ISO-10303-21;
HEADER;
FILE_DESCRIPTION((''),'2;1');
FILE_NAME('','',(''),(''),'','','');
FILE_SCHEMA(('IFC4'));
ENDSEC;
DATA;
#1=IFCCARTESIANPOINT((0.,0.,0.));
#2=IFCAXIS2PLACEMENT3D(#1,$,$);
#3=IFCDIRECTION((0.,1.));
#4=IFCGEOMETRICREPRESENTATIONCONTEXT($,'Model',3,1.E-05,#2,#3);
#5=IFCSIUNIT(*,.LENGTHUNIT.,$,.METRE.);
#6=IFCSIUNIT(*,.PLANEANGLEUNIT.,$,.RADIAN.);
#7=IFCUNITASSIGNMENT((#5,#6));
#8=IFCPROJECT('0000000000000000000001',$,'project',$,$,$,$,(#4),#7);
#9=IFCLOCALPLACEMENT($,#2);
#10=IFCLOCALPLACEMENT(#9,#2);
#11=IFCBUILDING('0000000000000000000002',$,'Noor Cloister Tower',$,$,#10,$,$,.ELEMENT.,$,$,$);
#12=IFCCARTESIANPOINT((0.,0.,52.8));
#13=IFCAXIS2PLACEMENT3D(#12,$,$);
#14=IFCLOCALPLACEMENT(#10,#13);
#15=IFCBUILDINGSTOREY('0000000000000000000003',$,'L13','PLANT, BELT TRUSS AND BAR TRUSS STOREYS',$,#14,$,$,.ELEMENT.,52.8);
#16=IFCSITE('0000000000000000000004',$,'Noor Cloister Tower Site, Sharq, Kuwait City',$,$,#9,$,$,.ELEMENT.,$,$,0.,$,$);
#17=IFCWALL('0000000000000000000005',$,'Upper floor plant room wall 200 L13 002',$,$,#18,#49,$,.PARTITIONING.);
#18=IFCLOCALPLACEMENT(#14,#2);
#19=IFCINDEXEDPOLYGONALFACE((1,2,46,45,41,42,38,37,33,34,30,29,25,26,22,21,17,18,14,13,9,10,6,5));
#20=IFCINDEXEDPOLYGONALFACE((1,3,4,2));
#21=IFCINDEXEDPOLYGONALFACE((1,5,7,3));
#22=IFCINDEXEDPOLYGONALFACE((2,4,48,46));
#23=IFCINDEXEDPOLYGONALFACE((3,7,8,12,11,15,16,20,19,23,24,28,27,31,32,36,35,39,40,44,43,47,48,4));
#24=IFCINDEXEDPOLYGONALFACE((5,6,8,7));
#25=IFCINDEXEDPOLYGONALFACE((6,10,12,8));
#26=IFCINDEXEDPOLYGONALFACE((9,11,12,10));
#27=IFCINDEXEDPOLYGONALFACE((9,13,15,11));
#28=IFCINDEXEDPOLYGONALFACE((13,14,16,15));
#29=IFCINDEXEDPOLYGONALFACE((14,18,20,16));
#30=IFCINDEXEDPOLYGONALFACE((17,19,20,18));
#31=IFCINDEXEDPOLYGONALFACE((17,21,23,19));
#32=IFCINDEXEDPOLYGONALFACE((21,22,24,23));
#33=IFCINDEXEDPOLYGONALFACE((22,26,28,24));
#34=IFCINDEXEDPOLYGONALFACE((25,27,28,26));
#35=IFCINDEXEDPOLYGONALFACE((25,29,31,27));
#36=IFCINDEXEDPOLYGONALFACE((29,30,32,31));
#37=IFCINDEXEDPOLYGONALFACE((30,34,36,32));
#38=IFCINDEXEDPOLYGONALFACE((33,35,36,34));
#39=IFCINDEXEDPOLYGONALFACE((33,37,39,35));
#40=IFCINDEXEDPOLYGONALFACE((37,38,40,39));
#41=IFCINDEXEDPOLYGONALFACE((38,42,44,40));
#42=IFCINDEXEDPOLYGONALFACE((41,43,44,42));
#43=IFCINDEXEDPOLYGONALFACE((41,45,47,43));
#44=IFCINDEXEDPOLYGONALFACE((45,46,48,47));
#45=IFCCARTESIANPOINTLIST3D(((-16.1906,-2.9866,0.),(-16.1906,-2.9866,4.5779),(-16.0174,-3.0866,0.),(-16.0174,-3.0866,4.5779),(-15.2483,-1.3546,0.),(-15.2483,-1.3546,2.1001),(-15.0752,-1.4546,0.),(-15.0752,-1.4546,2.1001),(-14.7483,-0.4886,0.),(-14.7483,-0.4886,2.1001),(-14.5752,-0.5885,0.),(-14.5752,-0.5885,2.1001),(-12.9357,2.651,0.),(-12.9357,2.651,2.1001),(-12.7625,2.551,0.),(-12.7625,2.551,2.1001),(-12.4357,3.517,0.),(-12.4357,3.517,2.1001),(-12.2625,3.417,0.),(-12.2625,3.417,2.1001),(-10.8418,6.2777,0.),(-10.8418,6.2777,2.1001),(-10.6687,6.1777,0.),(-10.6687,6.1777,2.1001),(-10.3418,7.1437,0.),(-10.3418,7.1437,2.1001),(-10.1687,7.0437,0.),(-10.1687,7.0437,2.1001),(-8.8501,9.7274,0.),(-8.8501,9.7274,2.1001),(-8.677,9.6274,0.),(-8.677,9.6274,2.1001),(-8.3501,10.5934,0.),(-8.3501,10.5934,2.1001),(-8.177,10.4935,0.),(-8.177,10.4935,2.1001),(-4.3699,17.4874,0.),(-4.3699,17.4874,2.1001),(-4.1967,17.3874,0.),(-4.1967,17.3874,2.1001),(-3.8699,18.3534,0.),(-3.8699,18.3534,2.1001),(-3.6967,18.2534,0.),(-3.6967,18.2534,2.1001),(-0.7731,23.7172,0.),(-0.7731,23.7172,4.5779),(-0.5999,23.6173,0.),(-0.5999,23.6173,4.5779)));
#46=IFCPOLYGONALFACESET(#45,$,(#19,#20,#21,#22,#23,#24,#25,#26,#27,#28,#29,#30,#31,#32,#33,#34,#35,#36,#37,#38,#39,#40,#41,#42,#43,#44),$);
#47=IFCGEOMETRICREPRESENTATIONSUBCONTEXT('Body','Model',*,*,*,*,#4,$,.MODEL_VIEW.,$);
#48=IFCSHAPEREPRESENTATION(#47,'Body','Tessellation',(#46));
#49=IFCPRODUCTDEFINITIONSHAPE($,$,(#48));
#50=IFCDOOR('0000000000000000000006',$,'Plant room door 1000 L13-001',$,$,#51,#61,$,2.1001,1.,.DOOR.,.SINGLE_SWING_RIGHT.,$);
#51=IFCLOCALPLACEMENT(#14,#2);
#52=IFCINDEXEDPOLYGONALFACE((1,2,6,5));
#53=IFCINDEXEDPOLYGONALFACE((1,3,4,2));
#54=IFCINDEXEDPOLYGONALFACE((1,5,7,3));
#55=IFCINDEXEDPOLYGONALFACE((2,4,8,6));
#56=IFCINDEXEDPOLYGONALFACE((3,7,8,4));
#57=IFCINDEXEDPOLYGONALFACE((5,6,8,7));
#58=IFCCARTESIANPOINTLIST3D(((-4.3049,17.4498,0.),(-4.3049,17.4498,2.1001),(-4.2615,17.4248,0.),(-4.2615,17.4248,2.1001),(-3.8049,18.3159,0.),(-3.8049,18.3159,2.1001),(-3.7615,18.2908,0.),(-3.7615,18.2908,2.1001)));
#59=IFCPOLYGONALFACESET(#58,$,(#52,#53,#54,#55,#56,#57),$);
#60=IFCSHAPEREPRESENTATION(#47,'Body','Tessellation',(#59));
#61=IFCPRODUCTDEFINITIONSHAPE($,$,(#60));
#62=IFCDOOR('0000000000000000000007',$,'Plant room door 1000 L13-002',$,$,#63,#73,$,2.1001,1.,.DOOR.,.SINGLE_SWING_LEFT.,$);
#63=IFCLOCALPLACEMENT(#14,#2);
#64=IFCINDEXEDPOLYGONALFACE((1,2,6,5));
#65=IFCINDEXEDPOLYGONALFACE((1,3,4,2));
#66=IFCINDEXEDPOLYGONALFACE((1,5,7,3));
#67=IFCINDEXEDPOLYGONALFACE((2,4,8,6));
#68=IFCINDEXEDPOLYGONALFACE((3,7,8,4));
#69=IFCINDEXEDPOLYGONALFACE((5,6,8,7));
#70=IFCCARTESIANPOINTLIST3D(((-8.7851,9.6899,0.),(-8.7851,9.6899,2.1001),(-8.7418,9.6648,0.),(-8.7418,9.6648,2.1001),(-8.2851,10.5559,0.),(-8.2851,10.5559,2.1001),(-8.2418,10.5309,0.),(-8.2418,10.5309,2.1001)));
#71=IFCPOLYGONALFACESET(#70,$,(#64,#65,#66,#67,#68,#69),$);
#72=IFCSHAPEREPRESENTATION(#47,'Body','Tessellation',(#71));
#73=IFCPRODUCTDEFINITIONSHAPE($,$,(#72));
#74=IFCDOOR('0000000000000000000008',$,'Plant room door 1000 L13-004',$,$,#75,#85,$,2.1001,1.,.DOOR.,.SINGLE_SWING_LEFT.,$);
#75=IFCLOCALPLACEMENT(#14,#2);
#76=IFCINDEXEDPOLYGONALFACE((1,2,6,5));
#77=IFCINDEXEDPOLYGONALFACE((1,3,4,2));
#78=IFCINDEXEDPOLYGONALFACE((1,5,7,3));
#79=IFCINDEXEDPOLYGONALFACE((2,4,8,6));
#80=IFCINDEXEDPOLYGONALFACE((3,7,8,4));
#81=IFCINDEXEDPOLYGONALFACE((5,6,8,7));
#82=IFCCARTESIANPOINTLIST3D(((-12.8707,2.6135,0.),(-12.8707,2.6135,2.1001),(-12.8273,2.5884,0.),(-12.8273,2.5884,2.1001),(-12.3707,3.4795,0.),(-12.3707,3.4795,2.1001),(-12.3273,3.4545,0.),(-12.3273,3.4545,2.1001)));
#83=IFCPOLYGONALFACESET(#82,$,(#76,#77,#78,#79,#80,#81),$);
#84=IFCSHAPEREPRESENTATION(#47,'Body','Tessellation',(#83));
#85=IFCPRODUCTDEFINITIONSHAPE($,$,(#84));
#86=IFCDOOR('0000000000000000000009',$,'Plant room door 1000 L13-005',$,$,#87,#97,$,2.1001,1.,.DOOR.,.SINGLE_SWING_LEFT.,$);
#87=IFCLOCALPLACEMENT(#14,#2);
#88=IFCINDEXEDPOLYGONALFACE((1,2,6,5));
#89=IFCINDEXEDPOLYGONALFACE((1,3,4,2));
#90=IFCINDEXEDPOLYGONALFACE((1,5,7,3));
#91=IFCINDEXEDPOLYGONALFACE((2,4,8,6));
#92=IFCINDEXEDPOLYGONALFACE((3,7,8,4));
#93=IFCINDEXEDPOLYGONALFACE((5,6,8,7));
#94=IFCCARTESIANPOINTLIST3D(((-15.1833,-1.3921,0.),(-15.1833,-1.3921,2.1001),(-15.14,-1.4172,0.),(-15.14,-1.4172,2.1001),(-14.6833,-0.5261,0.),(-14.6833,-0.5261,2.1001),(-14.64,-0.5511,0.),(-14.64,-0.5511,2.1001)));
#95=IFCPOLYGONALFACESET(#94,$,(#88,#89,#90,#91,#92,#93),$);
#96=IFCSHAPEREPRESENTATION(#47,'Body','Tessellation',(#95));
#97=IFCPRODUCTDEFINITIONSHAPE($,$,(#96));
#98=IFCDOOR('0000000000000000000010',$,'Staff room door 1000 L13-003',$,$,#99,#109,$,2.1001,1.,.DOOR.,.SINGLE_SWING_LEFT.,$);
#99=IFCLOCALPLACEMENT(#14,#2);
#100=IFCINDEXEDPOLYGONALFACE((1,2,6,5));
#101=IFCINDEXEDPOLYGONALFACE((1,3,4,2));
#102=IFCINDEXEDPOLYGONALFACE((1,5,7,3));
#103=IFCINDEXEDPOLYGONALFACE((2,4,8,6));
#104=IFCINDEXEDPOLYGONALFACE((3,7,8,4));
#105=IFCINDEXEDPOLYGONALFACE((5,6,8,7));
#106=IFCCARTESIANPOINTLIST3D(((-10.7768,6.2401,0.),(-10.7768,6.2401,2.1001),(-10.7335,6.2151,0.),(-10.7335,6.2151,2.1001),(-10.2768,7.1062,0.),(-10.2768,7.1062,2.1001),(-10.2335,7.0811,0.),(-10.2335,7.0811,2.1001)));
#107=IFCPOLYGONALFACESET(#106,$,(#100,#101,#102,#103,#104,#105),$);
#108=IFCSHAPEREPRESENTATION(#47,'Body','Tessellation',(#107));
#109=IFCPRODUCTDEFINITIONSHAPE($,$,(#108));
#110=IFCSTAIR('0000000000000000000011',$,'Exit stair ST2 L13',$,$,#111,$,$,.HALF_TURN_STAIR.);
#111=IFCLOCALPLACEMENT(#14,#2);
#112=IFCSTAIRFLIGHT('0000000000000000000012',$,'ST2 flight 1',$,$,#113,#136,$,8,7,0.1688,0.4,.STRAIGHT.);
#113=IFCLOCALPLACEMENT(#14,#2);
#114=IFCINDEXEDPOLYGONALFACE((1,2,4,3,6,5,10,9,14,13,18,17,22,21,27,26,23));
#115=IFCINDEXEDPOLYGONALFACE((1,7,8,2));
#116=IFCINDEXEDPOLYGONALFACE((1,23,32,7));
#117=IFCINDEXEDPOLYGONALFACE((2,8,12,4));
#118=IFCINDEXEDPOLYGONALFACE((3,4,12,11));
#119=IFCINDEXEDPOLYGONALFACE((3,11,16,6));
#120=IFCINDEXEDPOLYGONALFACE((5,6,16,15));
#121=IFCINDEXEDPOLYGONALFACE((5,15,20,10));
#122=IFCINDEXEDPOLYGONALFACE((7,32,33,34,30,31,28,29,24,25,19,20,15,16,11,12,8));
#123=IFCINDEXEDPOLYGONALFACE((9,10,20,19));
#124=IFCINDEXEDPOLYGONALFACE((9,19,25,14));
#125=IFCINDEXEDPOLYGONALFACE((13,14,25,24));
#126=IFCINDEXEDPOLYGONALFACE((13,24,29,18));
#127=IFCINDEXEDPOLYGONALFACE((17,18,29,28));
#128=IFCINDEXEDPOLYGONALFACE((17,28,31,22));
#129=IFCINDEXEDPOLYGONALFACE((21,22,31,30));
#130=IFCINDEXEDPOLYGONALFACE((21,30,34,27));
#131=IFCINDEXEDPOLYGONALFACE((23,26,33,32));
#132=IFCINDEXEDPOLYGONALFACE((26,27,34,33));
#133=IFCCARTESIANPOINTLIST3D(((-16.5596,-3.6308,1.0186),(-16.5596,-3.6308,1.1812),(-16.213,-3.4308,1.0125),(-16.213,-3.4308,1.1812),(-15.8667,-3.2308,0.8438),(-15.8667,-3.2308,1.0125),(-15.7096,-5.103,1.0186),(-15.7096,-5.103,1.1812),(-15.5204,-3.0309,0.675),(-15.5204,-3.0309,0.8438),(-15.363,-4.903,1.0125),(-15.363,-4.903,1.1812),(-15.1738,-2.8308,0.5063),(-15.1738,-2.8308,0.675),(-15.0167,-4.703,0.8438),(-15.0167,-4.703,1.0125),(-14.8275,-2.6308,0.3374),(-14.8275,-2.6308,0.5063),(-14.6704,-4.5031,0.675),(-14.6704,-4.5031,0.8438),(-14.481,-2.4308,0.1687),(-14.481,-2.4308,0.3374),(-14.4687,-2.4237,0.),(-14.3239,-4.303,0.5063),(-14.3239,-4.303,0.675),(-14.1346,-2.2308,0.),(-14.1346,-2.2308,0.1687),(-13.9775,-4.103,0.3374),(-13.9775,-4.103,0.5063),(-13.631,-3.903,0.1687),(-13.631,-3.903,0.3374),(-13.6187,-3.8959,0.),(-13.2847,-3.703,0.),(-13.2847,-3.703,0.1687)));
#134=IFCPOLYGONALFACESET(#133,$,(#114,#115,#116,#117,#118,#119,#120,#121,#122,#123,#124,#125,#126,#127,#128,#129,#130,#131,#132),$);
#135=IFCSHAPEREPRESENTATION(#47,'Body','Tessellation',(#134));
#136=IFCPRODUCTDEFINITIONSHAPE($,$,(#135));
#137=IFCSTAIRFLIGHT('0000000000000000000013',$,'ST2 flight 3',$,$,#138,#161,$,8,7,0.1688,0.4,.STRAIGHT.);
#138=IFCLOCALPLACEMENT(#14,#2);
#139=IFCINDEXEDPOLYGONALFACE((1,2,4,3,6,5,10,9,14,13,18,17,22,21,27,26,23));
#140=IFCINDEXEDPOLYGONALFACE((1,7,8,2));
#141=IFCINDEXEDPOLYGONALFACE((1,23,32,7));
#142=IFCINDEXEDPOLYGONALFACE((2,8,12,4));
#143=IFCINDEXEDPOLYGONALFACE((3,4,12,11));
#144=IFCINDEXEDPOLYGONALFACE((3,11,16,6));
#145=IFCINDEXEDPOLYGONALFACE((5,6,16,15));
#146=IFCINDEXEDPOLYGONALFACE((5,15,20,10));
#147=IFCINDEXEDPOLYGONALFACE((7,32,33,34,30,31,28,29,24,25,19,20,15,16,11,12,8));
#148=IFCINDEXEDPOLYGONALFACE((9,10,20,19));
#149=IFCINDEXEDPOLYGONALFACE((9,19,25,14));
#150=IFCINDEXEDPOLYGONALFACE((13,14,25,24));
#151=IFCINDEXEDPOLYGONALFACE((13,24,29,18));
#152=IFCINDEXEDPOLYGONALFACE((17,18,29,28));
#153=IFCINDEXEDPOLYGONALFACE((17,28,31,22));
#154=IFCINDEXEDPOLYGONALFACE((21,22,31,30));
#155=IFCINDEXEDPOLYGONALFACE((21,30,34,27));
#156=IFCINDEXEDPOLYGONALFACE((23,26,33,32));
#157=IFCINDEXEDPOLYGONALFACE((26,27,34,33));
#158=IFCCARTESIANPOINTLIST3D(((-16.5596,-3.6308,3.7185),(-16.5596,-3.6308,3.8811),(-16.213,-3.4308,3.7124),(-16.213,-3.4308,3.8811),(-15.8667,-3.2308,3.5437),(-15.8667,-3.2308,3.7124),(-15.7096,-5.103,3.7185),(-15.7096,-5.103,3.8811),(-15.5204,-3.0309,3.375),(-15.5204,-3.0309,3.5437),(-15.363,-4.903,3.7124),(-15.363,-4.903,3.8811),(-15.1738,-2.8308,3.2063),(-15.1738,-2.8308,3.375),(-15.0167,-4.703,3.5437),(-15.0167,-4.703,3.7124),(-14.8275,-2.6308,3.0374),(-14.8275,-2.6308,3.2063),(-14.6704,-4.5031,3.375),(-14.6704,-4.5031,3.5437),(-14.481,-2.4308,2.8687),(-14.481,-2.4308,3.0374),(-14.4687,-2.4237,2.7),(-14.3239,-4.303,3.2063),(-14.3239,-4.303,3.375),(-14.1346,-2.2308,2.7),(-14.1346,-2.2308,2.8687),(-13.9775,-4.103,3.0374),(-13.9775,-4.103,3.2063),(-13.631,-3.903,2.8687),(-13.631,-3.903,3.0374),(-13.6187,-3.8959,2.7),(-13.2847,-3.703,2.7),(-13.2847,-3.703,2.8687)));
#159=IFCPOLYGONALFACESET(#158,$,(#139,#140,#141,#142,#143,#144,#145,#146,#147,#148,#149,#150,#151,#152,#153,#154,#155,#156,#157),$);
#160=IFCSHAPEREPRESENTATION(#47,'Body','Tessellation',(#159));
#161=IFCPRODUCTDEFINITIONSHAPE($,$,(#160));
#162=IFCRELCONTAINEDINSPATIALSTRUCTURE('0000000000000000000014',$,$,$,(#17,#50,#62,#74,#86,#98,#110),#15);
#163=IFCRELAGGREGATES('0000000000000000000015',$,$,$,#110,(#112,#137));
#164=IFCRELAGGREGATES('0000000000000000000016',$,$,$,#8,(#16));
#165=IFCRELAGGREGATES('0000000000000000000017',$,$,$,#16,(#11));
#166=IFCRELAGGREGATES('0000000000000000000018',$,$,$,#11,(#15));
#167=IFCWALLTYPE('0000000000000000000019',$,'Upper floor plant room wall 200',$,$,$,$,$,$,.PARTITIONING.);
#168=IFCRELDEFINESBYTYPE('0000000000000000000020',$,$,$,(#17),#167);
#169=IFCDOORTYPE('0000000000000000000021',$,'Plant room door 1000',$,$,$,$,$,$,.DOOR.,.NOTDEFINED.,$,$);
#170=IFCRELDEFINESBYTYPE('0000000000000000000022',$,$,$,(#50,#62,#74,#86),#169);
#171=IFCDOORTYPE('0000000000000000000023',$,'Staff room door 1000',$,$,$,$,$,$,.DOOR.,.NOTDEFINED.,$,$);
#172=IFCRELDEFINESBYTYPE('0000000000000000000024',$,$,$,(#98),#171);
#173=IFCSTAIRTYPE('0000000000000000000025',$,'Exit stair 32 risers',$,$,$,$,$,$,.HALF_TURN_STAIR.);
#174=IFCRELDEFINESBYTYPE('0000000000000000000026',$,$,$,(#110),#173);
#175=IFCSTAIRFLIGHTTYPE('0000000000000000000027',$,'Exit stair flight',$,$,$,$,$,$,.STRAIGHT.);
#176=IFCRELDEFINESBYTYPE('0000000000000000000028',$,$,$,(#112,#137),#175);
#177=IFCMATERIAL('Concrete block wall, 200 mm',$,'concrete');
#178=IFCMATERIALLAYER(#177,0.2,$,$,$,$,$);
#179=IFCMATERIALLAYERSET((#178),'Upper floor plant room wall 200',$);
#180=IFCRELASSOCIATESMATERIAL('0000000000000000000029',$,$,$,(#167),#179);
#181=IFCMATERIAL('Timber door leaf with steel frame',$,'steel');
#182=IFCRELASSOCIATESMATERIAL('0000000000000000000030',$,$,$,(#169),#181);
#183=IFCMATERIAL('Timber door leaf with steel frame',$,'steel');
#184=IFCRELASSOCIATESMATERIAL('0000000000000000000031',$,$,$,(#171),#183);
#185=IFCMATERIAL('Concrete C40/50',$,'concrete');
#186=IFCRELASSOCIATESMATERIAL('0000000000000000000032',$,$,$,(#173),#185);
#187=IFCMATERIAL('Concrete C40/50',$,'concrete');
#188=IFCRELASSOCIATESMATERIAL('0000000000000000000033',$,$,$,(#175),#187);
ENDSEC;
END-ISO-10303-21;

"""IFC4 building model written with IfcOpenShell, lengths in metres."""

from ifc_helpers import new_model, si_unit, direction, frame, frame_2d, origin, place, context, subcontext, project, spatial, polyline, rectangle, outline, extrude, material, layer, layer_set, type_object, element, fill, aggregate, save


model = new_model("IFC4")

# Units and contexts
model_context = context("Model", 3, precision=1e-05, world=origin(), true_north=direction((0.0, 1.0)))
body_context = subcontext(model_context, "Body", "Model", "MODEL_VIEW")
ifc_project = project(units=[si_unit("LENGTHUNIT", "METRE"), si_unit("PLANEANGLEUNIT", "RADIAN")], contexts=[model_context])

# Site, building, storey
site_placement = place(None, origin())
site = spatial("IfcSite", under=ifc_project, at=site_placement, Name="Noor Cloister Tower Site, Sharq, Kuwait City", CompositionType="ELEMENT", RefElevation=0.0)
building_placement = place(site_placement, origin())
building = spatial("IfcBuilding", under=site, at=building_placement, Name="Noor Cloister Tower", CompositionType="ELEMENT")
storey_placement = place(building_placement, frame((0.0, 0.0, 52.8)))
storey = spatial("IfcBuildingStorey", under=building, at=storey_placement, Name="L13", Description="PLANT, BELT TRUSS AND BAR TRUSS STOREYS", CompositionType="ELEMENT", Elevation=52.8)

# Wall, openings, doors
ifc_material_1 = material(Name="Concrete block wall, 200 mm", Category="concrete")
ifc_layer_1 = layer(ifc_material_1, 0.2)
ifc_layer_set_1 = layer_set([ifc_layer_1], Name="Upper floor plant room wall 200")
wall_type_1 = type_object("IfcWallType", Name="Upper floor plant room wall 200", PredefinedType="PARTITIONING", material=ifc_layer_set_1)
wall_1_placement = place(storey_placement, frame((-16.104, -3.0366, 0.0), z_axis=(0.0, 0.0, 1.0), x_axis=(0.5, 0.866025, 0.0)))
wall_1 = element("IfcWall", 1, at=wall_1_placement, inside=storey, type_object=wall_type_1, Name="Upper floor plant room wall 200 L13 002", PredefinedType="PARTITIONING", context=body_context, shape_type="SweptSolid", body=[
    extrude(rectangle(XDim=30.835, YDim=0.2, at=frame_2d((15.4175, 0.0))), origin(), (0.0, 0.0, 1.0), 4.5779),
])
opening_1_placement = place(wall_1_placement, frame((23.6414, 0.0, 0.0)))
opening_1 = element("IfcOpeningElement", 2, at=opening_1_placement, cuts=wall_1, PredefinedType="OPENING", context=body_context, shape_type="SweptSolid", body=[
    extrude(rectangle(XDim=1.0, YDim=2.1001, at=frame_2d((0.5, 1.05))), frame((0.0, 0.1099, 0.0), z_axis=(0.0, -1.0, 0.0), x_axis=(1.0, 0.0, 0.0)), (0.0, 0.0, 1.0), 0.22),
])
opening_2_placement = place(wall_1_placement, frame((14.6809, 0.0, 0.0)))
opening_2 = element("IfcOpeningElement", 3, at=opening_2_placement, cuts=wall_1, PredefinedType="OPENING", context=body_context, shape_type="SweptSolid", body=[
    extrude(rectangle(XDim=1.0, YDim=2.1001, at=frame_2d((0.5, 1.05))), frame((0.0, 0.1099, 0.0), z_axis=(0.0, -1.0, 0.0), x_axis=(1.0, 0.0, 0.0)), (0.0, 0.0, 1.0), 0.22),
])
opening_3_placement = place(wall_1_placement, frame((10.6975, 0.0, 0.0)))
opening_3 = element("IfcOpeningElement", 4, at=opening_3_placement, cuts=wall_1, PredefinedType="OPENING", context=body_context, shape_type="SweptSolid", body=[
    extrude(rectangle(XDim=1.0, YDim=2.1001, at=frame_2d((0.5, 1.05))), frame((0.0, 0.1099, 0.0), z_axis=(0.0, -1.0, 0.0), x_axis=(1.0, 0.0, 0.0)), (0.0, 0.0, 1.0), 0.22),
])
opening_4_placement = place(wall_1_placement, frame((6.5098, 0.0, 0.0)))
opening_4 = element("IfcOpeningElement", 5, at=opening_4_placement, cuts=wall_1, PredefinedType="OPENING", context=body_context, shape_type="SweptSolid", body=[
    extrude(rectangle(XDim=1.0, YDim=2.1001, at=frame_2d((0.5, 1.05))), frame((0.0, 0.1099, 0.0), z_axis=(0.0, -1.0, 0.0), x_axis=(1.0, 0.0, 0.0)), (0.0, 0.0, 1.0), 0.22),
])
opening_5_placement = place(wall_1_placement, frame((1.8845, 0.0, 0.0)))
opening_5 = element("IfcOpeningElement", 6, at=opening_5_placement, cuts=wall_1, PredefinedType="OPENING", context=body_context, shape_type="SweptSolid", body=[
    extrude(rectangle(XDim=1.0, YDim=2.1001, at=frame_2d((0.5, 1.05))), frame((0.0, 0.1099, 0.0), z_axis=(0.0, -1.0, 0.0), x_axis=(1.0, 0.0, 0.0)), (0.0, 0.0, 1.0), 0.22),
])
ifc_material_2 = material(Name="Timber door leaf with steel frame", Category="steel")
door_type_1 = type_object("IfcDoorType", Name="Plant room door 1000", OperationType="NOTDEFINED", PredefinedType="DOOR", material=ifc_material_2)
door_1_placement = place(opening_1_placement, origin())
door_1 = element("IfcDoor", 7, at=door_1_placement, inside=storey, type_object=door_type_1, Name="Plant room door 1000 L13-001", OperationType="SINGLE_SWING_RIGHT", OverallHeight=2.1001, OverallWidth=1.0, PredefinedType="DOOR", context=body_context, shape_type="SweptSolid", body=[
    extrude(rectangle(XDim=1.0, YDim=2.1001, at=frame_2d((0.5, 1.05))), frame((0.0, 0.0249, 0.0), z_axis=(0.0, -1.0, 0.0), x_axis=(1.0, 0.0, 0.0)), (0.0, 0.0, 1.0), 0.05),
])
fill(opening_1, door_1)
door_2_placement = place(opening_2_placement, origin())
door_2 = element("IfcDoor", 8, at=door_2_placement, inside=storey, type_object=door_type_1, Name="Plant room door 1000 L13-002", OperationType="SINGLE_SWING_LEFT", OverallHeight=2.1001, OverallWidth=1.0, PredefinedType="DOOR", context=body_context, shape_type="SweptSolid", body=[
    extrude(rectangle(XDim=1.0, YDim=2.1001, at=frame_2d((0.5, 1.05))), frame((0.0, 0.0249, 0.0), z_axis=(0.0, -1.0, 0.0), x_axis=(1.0, 0.0, 0.0)), (0.0, 0.0, 1.0), 0.05),
])
fill(opening_2, door_2)
door_3_placement = place(opening_4_placement, origin())
door_3 = element("IfcDoor", 9, at=door_3_placement, inside=storey, type_object=door_type_1, Name="Plant room door 1000 L13-004", OperationType="SINGLE_SWING_LEFT", OverallHeight=2.1001, OverallWidth=1.0, PredefinedType="DOOR", context=body_context, shape_type="SweptSolid", body=[
    extrude(rectangle(XDim=1.0, YDim=2.1001, at=frame_2d((0.5, 1.05))), frame((0.0, 0.0249, 0.0), z_axis=(0.0, -1.0, 0.0), x_axis=(1.0, 0.0, 0.0)), (0.0, 0.0, 1.0), 0.05),
])
fill(opening_4, door_3)
door_4_placement = place(opening_5_placement, origin())
door_4 = element("IfcDoor", 10, at=door_4_placement, inside=storey, type_object=door_type_1, Name="Plant room door 1000 L13-005", OperationType="SINGLE_SWING_LEFT", OverallHeight=2.1001, OverallWidth=1.0, PredefinedType="DOOR", context=body_context, shape_type="SweptSolid", body=[
    extrude(rectangle(XDim=1.0, YDim=2.1001, at=frame_2d((0.5, 1.05))), frame((0.0, 0.0249, 0.0), z_axis=(0.0, -1.0, 0.0), x_axis=(1.0, 0.0, 0.0)), (0.0, 0.0, 1.0), 0.05),
])
fill(opening_5, door_4)
ifc_material_3 = material(Name="Timber door leaf with steel frame", Category="steel")
door_type_2 = type_object("IfcDoorType", Name="Staff room door 1000", OperationType="NOTDEFINED", PredefinedType="DOOR", material=ifc_material_3)
door_5_placement = place(opening_3_placement, origin())
door_5 = element("IfcDoor", 11, at=door_5_placement, inside=storey, type_object=door_type_2, Name="Staff room door 1000 L13-003", OperationType="SINGLE_SWING_LEFT", OverallHeight=2.1001, OverallWidth=1.0, PredefinedType="DOOR", context=body_context, shape_type="SweptSolid", body=[
    extrude(rectangle(XDim=1.0, YDim=2.1001, at=frame_2d((0.5, 1.05))), frame((0.0, 0.0249, 0.0), z_axis=(0.0, -1.0, 0.0), x_axis=(1.0, 0.0, 0.0)), (0.0, 0.0, 1.0), 0.05),
])
fill(opening_3, door_5)

# Stair, stair flights
ifc_material_4 = material(Name="Concrete C40/50", Category="concrete")
stair_type = type_object("IfcStairType", Name="Exit stair 32 risers", PredefinedType="HALF_TURN_STAIR", material=ifc_material_4)
stair_placement = place(storey_placement, origin())
stair = element("IfcStair", 12, at=stair_placement, inside=storey, type_object=stair_type, Name="Exit stair ST2 L13", PredefinedType="HALF_TURN_STAIR")
ifc_material_5 = material(Name="Concrete C40/50", Category="concrete")
stair_flight_type = type_object("IfcStairFlightType", Name="Exit stair flight", PredefinedType="STRAIGHT", material=ifc_material_5)
stair_flight_1_placement = place(storey_placement, frame((-13.7097, -2.9668, 0.0), z_axis=(0.0, 0.0, 1.0), x_axis=(-0.866025, -0.5, 0.0)))
stair_flight_1 = element("IfcStairFlight", 13, at=stair_flight_1_placement, type_object=stair_flight_type, Name="ST2 flight 1", NumberOfRisers=8, NumberOfTreads=7, PredefinedType="STRAIGHT", RiserHeight=0.1688, TreadLength=0.4, context=body_context, shape_type="SweptSolid", body=[
    extrude(outline(polyline([(0.0, 0.0), (0.0, 0.1687), (0.3999, 0.1687), (0.3999, 0.3374), (0.8, 0.3374), (0.8, 0.5063), (1.2, 0.5063), (1.2, 0.675), (1.6001, 0.675), (1.6001, 0.8438), (2.0, 0.8438), (2.0, 1.0125), (2.3999, 1.0125), (2.3999, 1.1812), (2.8, 1.1812), (2.8, 1.3501), (2.8, 1.0186), (0.3857, 0.0), (0.0, 0.0)])), frame((0.0, 0.8501, 0.0), z_axis=(0.0, -1.0, 0.0), x_axis=(1.0, 0.0, 0.0)), (0.0, 0.0, 1.0), 1.7),
])
stair_flight_2_placement = place(storey_placement, frame((-13.7097, -2.9668, 2.7), z_axis=(0.0, 0.0, 1.0), x_axis=(-0.866025, -0.5, 0.0)))
stair_flight_2 = element("IfcStairFlight", 14, at=stair_flight_2_placement, type_object=stair_flight_type, Name="ST2 flight 3", NumberOfRisers=8, NumberOfTreads=7, PredefinedType="STRAIGHT", RiserHeight=0.1688, TreadLength=0.4, context=body_context, shape_type="SweptSolid", body=[
    extrude(outline(polyline([(0.0, 0.0), (0.0, 0.1687), (0.3999, 0.1687), (0.3999, 0.3374), (0.8, 0.3374), (0.8, 0.5063), (1.2, 0.5063), (1.2, 0.675), (1.6001, 0.675), (1.6001, 0.8438), (2.0, 0.8438), (2.0, 1.0125), (2.3999, 1.0125), (2.3999, 1.1812), (2.8, 1.1812), (2.8, 1.3501), (2.8, 1.0186), (0.3857, 0.0), (0.0, 0.0)])), frame((0.0, 0.8501, 0.0), z_axis=(0.0, -1.0, 0.0), x_axis=(1.0, 0.0, 0.0)), (0.0, 0.0, 1.0), 1.7),
])
aggregate(stair, [stair_flight_1, stair_flight_2])

save(model, "model.ifc")
